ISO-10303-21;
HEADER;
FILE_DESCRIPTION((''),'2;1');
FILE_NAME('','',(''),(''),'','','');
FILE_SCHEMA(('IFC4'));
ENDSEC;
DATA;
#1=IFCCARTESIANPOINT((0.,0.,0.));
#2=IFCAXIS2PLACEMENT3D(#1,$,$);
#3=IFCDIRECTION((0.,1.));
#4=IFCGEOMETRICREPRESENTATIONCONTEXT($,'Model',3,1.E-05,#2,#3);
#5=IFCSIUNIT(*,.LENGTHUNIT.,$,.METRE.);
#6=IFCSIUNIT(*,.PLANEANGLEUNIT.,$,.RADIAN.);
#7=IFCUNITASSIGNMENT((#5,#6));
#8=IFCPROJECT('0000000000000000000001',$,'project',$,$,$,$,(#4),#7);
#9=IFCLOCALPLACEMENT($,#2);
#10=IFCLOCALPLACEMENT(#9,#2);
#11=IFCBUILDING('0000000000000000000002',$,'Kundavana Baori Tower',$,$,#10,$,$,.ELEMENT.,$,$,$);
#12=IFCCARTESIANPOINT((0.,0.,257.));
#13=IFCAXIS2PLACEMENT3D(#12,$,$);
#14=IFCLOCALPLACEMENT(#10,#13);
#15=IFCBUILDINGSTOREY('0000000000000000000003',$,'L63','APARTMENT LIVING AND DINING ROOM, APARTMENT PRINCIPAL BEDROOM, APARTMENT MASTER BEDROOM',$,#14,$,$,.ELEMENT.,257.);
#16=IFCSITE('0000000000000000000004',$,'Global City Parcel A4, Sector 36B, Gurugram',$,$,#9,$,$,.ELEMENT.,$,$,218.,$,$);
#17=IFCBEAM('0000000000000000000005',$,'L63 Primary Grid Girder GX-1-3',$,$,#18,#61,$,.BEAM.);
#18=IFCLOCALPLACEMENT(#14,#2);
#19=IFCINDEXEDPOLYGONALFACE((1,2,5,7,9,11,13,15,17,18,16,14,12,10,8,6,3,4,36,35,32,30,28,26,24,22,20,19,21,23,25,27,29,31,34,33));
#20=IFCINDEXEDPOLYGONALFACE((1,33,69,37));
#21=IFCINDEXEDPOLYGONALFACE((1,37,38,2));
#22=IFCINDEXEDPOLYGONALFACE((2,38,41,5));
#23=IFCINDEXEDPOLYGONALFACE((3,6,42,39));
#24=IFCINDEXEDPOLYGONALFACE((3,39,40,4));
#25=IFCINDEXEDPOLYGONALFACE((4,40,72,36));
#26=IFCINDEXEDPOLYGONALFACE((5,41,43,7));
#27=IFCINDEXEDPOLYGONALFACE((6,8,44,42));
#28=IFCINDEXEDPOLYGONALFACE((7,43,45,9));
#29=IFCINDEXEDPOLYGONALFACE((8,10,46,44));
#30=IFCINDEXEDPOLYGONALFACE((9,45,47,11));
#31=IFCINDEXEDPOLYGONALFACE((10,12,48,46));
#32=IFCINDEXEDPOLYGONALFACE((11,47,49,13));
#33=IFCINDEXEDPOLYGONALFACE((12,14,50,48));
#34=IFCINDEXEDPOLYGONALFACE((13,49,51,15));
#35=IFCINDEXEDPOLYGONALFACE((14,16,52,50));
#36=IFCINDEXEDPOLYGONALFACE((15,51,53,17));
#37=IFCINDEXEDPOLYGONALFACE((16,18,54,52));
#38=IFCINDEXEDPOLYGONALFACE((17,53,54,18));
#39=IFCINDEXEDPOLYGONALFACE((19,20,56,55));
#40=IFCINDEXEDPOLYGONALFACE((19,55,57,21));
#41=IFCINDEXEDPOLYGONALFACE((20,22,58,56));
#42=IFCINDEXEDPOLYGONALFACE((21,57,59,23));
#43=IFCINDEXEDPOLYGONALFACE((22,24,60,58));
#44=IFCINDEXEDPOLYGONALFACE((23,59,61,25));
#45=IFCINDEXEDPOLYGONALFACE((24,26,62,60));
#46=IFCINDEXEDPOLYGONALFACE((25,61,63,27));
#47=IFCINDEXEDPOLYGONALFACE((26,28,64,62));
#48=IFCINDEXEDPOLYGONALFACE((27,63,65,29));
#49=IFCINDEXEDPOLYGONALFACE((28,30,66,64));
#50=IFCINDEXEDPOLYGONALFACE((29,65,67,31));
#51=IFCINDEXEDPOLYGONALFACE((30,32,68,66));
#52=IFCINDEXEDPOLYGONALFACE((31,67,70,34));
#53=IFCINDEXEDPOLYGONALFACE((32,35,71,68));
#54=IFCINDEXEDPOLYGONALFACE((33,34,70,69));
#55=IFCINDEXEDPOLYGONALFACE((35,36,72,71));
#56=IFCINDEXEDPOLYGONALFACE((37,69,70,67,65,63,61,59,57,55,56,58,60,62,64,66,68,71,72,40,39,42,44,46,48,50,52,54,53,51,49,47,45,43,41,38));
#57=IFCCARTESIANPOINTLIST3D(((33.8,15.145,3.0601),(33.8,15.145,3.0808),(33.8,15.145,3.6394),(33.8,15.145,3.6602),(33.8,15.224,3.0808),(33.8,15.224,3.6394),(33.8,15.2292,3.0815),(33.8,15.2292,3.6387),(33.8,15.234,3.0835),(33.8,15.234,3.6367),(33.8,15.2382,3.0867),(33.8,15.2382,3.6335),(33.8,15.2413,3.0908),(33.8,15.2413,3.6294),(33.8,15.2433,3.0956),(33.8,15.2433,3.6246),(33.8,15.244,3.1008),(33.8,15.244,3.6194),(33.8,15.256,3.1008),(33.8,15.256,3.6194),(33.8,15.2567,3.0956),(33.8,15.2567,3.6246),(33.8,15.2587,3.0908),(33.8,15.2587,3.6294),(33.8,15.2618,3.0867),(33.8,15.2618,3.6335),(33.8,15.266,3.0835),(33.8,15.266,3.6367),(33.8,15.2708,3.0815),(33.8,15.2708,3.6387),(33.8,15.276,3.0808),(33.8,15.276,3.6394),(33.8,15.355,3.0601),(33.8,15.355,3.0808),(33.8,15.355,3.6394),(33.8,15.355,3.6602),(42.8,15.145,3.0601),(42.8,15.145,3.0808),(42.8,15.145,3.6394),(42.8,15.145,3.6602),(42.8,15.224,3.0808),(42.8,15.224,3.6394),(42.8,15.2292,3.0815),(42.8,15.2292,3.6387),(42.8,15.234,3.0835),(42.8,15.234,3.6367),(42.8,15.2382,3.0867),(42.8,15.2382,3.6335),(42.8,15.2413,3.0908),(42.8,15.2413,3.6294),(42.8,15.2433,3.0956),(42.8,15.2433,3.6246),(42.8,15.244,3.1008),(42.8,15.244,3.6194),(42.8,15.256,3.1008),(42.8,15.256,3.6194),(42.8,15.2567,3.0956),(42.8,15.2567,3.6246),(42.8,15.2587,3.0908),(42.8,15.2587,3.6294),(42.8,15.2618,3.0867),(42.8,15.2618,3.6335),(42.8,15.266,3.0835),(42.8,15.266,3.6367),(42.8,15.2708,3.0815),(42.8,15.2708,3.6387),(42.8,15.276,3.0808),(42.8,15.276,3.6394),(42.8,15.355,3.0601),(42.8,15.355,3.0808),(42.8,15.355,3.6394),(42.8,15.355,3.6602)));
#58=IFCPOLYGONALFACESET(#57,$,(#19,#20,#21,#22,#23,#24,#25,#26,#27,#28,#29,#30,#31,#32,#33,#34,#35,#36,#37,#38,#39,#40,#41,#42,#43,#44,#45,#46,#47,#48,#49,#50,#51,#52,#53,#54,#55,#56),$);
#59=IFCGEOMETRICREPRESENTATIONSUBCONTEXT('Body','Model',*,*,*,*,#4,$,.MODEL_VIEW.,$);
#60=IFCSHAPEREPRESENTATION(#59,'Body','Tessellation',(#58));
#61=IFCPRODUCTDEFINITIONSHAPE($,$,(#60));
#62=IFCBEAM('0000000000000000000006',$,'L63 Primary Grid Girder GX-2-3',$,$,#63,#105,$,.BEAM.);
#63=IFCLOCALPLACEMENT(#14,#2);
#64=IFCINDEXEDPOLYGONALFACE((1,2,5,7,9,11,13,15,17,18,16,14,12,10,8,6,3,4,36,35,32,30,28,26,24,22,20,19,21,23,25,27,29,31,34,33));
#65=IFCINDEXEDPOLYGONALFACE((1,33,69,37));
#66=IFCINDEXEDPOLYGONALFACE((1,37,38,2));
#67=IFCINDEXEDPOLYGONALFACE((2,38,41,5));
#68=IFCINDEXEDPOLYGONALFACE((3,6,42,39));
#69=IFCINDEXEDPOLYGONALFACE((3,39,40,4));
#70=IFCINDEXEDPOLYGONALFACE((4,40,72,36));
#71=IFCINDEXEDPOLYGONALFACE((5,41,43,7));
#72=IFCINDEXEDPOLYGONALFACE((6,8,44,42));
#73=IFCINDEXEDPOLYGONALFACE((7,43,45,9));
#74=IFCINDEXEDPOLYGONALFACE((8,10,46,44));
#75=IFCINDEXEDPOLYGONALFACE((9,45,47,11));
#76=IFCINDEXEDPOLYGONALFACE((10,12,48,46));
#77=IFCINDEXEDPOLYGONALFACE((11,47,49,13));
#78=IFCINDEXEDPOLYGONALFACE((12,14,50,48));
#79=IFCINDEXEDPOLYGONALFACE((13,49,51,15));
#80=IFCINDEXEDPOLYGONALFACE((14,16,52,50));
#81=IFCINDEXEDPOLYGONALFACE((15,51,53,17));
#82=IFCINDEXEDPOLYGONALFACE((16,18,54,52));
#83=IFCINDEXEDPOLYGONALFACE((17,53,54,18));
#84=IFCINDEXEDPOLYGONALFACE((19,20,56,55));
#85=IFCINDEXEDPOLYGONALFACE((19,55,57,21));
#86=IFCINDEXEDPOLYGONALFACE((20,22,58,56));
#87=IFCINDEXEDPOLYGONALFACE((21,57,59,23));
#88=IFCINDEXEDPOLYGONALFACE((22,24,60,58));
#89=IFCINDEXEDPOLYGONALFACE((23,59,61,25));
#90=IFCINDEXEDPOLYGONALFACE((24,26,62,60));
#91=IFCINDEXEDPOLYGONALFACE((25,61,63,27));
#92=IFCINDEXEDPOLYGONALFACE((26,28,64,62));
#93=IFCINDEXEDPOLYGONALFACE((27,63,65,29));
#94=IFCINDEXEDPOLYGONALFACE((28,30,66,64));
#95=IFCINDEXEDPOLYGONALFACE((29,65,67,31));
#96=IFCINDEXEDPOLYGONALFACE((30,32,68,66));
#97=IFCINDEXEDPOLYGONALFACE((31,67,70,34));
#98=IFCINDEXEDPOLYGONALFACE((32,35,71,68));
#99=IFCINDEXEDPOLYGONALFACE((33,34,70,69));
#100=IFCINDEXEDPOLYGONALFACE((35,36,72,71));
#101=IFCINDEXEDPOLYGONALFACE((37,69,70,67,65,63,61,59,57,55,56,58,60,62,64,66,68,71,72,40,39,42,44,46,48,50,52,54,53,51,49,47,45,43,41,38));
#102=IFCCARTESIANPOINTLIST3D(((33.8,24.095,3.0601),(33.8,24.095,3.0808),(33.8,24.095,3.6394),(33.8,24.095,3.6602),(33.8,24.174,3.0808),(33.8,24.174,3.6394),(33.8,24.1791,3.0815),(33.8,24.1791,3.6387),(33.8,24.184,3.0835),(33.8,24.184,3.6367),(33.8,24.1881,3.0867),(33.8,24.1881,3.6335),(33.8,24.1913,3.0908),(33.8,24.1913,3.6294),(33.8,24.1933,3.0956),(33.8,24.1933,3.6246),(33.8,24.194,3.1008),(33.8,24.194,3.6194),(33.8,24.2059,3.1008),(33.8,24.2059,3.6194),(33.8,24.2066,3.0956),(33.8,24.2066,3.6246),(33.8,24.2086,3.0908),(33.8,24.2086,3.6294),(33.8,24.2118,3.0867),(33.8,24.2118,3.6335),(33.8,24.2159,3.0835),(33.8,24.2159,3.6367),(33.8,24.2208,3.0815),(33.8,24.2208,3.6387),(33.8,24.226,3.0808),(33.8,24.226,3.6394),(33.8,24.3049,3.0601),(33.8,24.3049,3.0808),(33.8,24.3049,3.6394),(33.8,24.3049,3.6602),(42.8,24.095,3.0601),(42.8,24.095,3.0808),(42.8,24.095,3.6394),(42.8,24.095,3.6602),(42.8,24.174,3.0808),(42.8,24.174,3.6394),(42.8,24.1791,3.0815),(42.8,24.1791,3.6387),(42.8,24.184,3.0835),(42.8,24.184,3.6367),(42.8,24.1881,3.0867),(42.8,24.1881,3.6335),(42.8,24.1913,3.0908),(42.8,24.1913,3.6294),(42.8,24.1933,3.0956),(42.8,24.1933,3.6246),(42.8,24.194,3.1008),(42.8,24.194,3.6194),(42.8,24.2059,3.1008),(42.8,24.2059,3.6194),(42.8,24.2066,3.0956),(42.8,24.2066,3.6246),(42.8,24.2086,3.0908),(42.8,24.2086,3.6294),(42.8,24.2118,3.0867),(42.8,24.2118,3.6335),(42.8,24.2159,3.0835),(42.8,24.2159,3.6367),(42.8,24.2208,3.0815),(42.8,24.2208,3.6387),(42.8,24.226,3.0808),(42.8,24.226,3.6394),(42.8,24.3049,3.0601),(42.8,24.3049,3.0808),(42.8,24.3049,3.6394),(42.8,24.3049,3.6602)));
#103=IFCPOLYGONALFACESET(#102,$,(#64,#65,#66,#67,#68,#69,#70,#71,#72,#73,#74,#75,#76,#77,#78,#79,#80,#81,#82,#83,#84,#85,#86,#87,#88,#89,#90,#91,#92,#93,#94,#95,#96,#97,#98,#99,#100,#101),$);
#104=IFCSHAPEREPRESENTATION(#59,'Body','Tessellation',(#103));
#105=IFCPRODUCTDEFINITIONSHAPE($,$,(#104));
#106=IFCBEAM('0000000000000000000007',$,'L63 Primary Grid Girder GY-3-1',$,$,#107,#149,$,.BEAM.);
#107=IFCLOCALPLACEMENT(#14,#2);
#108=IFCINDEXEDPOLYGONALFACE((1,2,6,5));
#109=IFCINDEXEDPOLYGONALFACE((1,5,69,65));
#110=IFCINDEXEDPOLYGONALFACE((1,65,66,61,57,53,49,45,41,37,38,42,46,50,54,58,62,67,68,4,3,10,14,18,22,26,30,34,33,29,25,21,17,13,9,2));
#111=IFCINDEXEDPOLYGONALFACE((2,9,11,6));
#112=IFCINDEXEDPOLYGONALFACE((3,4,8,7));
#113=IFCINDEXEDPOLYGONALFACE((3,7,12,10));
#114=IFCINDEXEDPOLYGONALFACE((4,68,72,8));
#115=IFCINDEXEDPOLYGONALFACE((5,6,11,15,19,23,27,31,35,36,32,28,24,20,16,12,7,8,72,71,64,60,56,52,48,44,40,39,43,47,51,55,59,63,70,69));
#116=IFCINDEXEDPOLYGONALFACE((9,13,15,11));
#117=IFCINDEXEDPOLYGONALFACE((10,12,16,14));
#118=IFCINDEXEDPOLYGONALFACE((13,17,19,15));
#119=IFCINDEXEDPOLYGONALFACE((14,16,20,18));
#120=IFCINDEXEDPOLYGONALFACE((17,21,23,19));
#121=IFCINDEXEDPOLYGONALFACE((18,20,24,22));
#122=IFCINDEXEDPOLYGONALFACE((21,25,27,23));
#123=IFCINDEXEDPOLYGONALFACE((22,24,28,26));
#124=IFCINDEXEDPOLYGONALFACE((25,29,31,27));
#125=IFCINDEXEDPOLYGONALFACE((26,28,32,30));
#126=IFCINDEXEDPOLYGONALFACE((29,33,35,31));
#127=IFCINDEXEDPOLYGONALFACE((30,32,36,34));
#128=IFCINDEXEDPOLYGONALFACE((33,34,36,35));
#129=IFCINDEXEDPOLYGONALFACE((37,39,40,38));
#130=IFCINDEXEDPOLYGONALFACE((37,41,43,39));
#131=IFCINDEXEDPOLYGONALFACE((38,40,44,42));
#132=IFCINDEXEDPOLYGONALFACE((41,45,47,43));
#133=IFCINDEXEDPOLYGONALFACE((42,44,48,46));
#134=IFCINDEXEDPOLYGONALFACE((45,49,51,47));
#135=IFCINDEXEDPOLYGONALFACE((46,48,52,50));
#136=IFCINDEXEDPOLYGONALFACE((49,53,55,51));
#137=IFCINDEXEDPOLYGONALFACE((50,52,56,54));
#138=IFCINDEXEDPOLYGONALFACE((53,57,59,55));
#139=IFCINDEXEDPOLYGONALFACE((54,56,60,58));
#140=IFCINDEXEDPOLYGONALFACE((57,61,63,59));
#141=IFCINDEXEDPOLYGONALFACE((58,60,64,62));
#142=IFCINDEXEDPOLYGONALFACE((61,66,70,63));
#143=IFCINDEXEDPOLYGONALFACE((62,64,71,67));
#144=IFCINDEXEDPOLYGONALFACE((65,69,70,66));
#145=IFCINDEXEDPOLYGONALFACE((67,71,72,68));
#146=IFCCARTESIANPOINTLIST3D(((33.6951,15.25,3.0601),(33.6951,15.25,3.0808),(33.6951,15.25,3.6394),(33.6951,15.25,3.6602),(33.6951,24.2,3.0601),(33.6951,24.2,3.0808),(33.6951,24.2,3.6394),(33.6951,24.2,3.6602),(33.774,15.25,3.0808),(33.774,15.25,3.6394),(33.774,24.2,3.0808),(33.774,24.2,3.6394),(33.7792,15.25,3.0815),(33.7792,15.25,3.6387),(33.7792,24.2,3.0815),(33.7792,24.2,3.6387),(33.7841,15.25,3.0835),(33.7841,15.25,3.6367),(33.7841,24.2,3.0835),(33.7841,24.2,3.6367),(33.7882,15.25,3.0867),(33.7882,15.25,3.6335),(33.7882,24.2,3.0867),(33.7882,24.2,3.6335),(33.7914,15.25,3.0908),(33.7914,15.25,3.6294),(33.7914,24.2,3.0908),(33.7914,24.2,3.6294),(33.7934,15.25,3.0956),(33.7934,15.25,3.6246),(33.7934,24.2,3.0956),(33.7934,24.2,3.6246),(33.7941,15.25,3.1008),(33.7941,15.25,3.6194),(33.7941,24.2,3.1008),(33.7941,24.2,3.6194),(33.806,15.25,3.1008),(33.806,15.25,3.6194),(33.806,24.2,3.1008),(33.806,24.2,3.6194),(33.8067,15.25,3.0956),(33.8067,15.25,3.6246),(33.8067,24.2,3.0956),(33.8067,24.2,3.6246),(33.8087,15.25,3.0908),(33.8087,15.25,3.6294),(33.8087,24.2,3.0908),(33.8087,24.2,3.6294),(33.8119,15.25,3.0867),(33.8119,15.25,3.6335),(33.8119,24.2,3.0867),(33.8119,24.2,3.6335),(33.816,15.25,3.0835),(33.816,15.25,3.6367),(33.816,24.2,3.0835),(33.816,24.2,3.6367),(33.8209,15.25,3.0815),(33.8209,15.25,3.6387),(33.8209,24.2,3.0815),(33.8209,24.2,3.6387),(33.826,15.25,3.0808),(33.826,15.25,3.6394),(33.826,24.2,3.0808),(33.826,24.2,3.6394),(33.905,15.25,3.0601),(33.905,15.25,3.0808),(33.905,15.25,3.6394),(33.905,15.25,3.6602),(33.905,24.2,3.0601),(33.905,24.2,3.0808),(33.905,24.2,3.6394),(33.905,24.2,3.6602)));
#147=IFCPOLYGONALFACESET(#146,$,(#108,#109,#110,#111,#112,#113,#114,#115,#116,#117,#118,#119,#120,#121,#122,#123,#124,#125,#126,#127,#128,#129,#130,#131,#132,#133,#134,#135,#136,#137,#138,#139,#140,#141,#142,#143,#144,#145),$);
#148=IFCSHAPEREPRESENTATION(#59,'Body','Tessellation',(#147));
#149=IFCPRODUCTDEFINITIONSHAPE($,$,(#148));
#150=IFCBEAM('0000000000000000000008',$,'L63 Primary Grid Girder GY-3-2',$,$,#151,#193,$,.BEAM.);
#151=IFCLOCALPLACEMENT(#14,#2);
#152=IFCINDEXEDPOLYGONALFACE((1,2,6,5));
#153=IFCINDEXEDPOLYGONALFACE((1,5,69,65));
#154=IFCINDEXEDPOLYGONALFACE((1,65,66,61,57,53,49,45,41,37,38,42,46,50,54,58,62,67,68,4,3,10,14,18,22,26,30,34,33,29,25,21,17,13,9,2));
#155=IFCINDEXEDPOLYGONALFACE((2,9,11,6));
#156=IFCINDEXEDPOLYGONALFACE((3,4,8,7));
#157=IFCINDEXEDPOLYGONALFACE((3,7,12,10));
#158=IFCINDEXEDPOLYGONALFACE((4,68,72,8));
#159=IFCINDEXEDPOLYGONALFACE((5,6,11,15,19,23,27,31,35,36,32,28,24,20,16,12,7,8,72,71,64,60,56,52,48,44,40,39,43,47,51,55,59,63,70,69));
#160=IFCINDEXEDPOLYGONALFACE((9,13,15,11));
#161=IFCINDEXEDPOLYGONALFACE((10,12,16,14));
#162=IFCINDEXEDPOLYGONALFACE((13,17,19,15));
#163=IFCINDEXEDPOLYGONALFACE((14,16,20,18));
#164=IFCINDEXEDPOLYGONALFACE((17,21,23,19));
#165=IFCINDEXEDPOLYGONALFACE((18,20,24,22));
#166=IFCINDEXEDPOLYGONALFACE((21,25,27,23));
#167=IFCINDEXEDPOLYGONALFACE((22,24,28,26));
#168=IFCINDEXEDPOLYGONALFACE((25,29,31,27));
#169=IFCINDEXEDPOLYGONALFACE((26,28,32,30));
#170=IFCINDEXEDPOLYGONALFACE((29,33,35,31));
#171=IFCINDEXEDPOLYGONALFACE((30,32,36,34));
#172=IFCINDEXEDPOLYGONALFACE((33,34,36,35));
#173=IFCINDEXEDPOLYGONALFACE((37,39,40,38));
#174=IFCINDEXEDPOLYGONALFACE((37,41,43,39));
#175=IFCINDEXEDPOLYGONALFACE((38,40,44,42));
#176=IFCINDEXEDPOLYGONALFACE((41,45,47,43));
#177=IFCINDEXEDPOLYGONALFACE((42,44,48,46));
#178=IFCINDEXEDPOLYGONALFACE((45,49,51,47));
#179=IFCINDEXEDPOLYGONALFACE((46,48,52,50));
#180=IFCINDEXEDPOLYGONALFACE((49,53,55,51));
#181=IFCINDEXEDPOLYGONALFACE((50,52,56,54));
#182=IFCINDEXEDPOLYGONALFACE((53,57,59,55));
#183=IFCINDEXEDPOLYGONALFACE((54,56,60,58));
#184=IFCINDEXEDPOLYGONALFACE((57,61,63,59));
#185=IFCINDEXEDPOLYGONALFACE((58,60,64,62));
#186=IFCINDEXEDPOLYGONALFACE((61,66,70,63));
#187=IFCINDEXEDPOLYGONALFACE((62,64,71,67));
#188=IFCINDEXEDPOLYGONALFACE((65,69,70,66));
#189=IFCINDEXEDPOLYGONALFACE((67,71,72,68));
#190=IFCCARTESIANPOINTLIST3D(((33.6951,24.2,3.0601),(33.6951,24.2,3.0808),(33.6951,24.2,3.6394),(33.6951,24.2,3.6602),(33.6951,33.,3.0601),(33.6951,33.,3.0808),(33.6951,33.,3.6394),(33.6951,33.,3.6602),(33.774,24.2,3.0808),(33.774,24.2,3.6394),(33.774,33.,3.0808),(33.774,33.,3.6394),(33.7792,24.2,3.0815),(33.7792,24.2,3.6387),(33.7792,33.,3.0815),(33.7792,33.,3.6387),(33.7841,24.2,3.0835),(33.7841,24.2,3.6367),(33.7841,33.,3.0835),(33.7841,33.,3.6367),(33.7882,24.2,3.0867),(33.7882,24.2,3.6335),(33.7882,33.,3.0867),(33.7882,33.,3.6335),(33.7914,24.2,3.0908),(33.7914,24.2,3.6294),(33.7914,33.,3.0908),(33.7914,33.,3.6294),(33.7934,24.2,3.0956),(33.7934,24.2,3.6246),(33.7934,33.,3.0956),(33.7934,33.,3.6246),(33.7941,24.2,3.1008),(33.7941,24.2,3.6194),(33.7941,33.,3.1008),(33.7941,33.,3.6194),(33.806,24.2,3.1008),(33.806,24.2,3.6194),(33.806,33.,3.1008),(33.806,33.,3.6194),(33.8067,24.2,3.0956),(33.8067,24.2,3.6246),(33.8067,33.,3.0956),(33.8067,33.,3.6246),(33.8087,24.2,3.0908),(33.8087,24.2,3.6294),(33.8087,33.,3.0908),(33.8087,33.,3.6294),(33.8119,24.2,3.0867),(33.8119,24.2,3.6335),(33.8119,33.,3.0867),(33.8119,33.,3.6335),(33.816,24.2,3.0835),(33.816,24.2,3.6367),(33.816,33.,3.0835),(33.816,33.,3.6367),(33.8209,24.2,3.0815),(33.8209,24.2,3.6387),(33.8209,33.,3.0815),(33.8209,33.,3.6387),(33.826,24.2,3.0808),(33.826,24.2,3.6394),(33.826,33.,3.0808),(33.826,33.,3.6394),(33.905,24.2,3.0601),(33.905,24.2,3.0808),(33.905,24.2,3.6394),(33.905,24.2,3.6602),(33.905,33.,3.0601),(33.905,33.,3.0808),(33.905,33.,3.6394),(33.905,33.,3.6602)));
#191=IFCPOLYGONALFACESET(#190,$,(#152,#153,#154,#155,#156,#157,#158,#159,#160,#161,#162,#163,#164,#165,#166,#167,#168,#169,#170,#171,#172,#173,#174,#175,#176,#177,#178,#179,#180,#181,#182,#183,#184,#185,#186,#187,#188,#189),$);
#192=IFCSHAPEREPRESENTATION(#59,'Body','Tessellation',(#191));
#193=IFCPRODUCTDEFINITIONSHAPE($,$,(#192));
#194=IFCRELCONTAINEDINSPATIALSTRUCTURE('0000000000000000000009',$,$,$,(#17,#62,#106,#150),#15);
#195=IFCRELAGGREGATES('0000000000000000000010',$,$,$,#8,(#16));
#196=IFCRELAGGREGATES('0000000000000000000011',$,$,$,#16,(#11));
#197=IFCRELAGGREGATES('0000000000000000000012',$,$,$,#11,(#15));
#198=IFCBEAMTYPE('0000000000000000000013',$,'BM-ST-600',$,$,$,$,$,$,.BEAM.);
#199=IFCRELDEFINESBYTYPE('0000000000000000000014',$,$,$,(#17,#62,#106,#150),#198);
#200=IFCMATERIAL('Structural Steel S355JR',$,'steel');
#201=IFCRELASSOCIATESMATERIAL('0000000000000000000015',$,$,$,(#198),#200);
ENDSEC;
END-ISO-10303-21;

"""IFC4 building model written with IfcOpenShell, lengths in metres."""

from ifc_helpers import new_model, si_unit, direction, frame, origin, origin_2d, place, context, subcontext, project, spatial, i_section, extrude, material, material_profile, profile_set, type_object, element, save


model = new_model("IFC4")

# Units and contexts
model_context = context("Model", 3, precision=1e-05, world=origin(), true_north=direction((0.0, 1.0)))
body_context = subcontext(model_context, "Body", "Model", "MODEL_VIEW")
ifc_project = project(units=[si_unit("LENGTHUNIT", "METRE"), si_unit("PLANEANGLEUNIT", "RADIAN")], contexts=[model_context])

# Site, building, storey
site_placement = place(None, origin())
site = spatial("IfcSite", under=ifc_project, at=site_placement, Name="Global City Parcel A4, Sector 36B, Gurugram", CompositionType="ELEMENT", RefElevation=218.0)
building_placement = place(site_placement, origin())
building = spatial("IfcBuilding", under=site, at=building_placement, Name="Kundavana Baori Tower", CompositionType="ELEMENT")
storey_placement = place(building_placement, frame((0.0, 0.0, 257.0)))
storey = spatial("IfcBuildingStorey", under=building, at=storey_placement, Name="L63", Description="APARTMENT LIVING AND DINING ROOM, APARTMENT PRINCIPAL BEDROOM, APARTMENT MASTER BEDROOM", CompositionType="ELEMENT", Elevation=257.0)

# Beams
ifc_material_1 = material(Name="Structural Steel S355JR", Category="steel")
ifc_material_profile_1 = material_profile(ifc_material_1, i_section(OverallWidth=0.21, OverallDepth=0.6001, WebThickness=0.012, FlangeThickness=0.0208, FilletRadius=0.02, at=origin_2d()), Name="ISMB 600")
ifc_profile_set_1 = profile_set([ifc_material_profile_1], Name="Structural Steel S355JR")
beam_type_1 = type_object("IfcBeamType", Name="BM-ST-600", PredefinedType="BEAM", material=ifc_profile_set_1)
for number, where, z_axis, x_axis, name in (
    (1, (33.8, 15.25, 3.3601), (1.0, 0.0, 0.0), (0.0, 1.0, 0.0), "L63 Primary Grid Girder GX-1-3"),
    (2, (33.8, 24.2, 3.3601), (1.0, 0.0, 0.0), (0.0, 1.0, 0.0), "L63 Primary Grid Girder GX-2-3"),
):
    element("IfcBeam", number, at=place(storey_placement, frame(where, z_axis=z_axis, x_axis=x_axis)), inside=storey, type_object=beam_type_1, Name=name, PredefinedType="BEAM", context=body_context, shape_type="SweptSolid", body=[
        extrude(i_section(OverallWidth=0.21, OverallDepth=0.6001, WebThickness=0.012, FlangeThickness=0.0208, FilletRadius=0.02, at=origin_2d()), origin(), (0.0, 0.0, 1.0), 9.0),
    ])
beam_1_placement = place(storey_placement, frame((33.8, 15.25, 3.3601), z_axis=(0.0, 1.0, 0.0), x_axis=(-1.0, 0.0, 0.0)))
element("IfcBeam", 3, at=beam_1_placement, inside=storey, type_object=beam_type_1, Name="L63 Primary Grid Girder GY-3-1", PredefinedType="BEAM", context=body_context, shape_type="SweptSolid", body=[
    extrude(i_section(OverallWidth=0.21, OverallDepth=0.6001, WebThickness=0.012, FlangeThickness=0.0208, FilletRadius=0.02, at=origin_2d()), origin(), (0.0, 0.0, 1.0), 8.95),
])
beam_2_placement = place(storey_placement, frame((33.8, 24.2, 3.3601), z_axis=(0.0, 1.0, 0.0), x_axis=(-1.0, 0.0, 0.0)))
element("IfcBeam", 4, at=beam_2_placement, inside=storey, type_object=beam_type_1, Name="L63 Primary Grid Girder GY-3-2", PredefinedType="BEAM", context=body_context, shape_type="SweptSolid", body=[
    extrude(i_section(OverallWidth=0.21, OverallDepth=0.6001, WebThickness=0.012, FlangeThickness=0.0208, FilletRadius=0.02, at=origin_2d()), origin(), (0.0, 0.0, 1.0), 8.8),
])

save(model, "model.ifc")
